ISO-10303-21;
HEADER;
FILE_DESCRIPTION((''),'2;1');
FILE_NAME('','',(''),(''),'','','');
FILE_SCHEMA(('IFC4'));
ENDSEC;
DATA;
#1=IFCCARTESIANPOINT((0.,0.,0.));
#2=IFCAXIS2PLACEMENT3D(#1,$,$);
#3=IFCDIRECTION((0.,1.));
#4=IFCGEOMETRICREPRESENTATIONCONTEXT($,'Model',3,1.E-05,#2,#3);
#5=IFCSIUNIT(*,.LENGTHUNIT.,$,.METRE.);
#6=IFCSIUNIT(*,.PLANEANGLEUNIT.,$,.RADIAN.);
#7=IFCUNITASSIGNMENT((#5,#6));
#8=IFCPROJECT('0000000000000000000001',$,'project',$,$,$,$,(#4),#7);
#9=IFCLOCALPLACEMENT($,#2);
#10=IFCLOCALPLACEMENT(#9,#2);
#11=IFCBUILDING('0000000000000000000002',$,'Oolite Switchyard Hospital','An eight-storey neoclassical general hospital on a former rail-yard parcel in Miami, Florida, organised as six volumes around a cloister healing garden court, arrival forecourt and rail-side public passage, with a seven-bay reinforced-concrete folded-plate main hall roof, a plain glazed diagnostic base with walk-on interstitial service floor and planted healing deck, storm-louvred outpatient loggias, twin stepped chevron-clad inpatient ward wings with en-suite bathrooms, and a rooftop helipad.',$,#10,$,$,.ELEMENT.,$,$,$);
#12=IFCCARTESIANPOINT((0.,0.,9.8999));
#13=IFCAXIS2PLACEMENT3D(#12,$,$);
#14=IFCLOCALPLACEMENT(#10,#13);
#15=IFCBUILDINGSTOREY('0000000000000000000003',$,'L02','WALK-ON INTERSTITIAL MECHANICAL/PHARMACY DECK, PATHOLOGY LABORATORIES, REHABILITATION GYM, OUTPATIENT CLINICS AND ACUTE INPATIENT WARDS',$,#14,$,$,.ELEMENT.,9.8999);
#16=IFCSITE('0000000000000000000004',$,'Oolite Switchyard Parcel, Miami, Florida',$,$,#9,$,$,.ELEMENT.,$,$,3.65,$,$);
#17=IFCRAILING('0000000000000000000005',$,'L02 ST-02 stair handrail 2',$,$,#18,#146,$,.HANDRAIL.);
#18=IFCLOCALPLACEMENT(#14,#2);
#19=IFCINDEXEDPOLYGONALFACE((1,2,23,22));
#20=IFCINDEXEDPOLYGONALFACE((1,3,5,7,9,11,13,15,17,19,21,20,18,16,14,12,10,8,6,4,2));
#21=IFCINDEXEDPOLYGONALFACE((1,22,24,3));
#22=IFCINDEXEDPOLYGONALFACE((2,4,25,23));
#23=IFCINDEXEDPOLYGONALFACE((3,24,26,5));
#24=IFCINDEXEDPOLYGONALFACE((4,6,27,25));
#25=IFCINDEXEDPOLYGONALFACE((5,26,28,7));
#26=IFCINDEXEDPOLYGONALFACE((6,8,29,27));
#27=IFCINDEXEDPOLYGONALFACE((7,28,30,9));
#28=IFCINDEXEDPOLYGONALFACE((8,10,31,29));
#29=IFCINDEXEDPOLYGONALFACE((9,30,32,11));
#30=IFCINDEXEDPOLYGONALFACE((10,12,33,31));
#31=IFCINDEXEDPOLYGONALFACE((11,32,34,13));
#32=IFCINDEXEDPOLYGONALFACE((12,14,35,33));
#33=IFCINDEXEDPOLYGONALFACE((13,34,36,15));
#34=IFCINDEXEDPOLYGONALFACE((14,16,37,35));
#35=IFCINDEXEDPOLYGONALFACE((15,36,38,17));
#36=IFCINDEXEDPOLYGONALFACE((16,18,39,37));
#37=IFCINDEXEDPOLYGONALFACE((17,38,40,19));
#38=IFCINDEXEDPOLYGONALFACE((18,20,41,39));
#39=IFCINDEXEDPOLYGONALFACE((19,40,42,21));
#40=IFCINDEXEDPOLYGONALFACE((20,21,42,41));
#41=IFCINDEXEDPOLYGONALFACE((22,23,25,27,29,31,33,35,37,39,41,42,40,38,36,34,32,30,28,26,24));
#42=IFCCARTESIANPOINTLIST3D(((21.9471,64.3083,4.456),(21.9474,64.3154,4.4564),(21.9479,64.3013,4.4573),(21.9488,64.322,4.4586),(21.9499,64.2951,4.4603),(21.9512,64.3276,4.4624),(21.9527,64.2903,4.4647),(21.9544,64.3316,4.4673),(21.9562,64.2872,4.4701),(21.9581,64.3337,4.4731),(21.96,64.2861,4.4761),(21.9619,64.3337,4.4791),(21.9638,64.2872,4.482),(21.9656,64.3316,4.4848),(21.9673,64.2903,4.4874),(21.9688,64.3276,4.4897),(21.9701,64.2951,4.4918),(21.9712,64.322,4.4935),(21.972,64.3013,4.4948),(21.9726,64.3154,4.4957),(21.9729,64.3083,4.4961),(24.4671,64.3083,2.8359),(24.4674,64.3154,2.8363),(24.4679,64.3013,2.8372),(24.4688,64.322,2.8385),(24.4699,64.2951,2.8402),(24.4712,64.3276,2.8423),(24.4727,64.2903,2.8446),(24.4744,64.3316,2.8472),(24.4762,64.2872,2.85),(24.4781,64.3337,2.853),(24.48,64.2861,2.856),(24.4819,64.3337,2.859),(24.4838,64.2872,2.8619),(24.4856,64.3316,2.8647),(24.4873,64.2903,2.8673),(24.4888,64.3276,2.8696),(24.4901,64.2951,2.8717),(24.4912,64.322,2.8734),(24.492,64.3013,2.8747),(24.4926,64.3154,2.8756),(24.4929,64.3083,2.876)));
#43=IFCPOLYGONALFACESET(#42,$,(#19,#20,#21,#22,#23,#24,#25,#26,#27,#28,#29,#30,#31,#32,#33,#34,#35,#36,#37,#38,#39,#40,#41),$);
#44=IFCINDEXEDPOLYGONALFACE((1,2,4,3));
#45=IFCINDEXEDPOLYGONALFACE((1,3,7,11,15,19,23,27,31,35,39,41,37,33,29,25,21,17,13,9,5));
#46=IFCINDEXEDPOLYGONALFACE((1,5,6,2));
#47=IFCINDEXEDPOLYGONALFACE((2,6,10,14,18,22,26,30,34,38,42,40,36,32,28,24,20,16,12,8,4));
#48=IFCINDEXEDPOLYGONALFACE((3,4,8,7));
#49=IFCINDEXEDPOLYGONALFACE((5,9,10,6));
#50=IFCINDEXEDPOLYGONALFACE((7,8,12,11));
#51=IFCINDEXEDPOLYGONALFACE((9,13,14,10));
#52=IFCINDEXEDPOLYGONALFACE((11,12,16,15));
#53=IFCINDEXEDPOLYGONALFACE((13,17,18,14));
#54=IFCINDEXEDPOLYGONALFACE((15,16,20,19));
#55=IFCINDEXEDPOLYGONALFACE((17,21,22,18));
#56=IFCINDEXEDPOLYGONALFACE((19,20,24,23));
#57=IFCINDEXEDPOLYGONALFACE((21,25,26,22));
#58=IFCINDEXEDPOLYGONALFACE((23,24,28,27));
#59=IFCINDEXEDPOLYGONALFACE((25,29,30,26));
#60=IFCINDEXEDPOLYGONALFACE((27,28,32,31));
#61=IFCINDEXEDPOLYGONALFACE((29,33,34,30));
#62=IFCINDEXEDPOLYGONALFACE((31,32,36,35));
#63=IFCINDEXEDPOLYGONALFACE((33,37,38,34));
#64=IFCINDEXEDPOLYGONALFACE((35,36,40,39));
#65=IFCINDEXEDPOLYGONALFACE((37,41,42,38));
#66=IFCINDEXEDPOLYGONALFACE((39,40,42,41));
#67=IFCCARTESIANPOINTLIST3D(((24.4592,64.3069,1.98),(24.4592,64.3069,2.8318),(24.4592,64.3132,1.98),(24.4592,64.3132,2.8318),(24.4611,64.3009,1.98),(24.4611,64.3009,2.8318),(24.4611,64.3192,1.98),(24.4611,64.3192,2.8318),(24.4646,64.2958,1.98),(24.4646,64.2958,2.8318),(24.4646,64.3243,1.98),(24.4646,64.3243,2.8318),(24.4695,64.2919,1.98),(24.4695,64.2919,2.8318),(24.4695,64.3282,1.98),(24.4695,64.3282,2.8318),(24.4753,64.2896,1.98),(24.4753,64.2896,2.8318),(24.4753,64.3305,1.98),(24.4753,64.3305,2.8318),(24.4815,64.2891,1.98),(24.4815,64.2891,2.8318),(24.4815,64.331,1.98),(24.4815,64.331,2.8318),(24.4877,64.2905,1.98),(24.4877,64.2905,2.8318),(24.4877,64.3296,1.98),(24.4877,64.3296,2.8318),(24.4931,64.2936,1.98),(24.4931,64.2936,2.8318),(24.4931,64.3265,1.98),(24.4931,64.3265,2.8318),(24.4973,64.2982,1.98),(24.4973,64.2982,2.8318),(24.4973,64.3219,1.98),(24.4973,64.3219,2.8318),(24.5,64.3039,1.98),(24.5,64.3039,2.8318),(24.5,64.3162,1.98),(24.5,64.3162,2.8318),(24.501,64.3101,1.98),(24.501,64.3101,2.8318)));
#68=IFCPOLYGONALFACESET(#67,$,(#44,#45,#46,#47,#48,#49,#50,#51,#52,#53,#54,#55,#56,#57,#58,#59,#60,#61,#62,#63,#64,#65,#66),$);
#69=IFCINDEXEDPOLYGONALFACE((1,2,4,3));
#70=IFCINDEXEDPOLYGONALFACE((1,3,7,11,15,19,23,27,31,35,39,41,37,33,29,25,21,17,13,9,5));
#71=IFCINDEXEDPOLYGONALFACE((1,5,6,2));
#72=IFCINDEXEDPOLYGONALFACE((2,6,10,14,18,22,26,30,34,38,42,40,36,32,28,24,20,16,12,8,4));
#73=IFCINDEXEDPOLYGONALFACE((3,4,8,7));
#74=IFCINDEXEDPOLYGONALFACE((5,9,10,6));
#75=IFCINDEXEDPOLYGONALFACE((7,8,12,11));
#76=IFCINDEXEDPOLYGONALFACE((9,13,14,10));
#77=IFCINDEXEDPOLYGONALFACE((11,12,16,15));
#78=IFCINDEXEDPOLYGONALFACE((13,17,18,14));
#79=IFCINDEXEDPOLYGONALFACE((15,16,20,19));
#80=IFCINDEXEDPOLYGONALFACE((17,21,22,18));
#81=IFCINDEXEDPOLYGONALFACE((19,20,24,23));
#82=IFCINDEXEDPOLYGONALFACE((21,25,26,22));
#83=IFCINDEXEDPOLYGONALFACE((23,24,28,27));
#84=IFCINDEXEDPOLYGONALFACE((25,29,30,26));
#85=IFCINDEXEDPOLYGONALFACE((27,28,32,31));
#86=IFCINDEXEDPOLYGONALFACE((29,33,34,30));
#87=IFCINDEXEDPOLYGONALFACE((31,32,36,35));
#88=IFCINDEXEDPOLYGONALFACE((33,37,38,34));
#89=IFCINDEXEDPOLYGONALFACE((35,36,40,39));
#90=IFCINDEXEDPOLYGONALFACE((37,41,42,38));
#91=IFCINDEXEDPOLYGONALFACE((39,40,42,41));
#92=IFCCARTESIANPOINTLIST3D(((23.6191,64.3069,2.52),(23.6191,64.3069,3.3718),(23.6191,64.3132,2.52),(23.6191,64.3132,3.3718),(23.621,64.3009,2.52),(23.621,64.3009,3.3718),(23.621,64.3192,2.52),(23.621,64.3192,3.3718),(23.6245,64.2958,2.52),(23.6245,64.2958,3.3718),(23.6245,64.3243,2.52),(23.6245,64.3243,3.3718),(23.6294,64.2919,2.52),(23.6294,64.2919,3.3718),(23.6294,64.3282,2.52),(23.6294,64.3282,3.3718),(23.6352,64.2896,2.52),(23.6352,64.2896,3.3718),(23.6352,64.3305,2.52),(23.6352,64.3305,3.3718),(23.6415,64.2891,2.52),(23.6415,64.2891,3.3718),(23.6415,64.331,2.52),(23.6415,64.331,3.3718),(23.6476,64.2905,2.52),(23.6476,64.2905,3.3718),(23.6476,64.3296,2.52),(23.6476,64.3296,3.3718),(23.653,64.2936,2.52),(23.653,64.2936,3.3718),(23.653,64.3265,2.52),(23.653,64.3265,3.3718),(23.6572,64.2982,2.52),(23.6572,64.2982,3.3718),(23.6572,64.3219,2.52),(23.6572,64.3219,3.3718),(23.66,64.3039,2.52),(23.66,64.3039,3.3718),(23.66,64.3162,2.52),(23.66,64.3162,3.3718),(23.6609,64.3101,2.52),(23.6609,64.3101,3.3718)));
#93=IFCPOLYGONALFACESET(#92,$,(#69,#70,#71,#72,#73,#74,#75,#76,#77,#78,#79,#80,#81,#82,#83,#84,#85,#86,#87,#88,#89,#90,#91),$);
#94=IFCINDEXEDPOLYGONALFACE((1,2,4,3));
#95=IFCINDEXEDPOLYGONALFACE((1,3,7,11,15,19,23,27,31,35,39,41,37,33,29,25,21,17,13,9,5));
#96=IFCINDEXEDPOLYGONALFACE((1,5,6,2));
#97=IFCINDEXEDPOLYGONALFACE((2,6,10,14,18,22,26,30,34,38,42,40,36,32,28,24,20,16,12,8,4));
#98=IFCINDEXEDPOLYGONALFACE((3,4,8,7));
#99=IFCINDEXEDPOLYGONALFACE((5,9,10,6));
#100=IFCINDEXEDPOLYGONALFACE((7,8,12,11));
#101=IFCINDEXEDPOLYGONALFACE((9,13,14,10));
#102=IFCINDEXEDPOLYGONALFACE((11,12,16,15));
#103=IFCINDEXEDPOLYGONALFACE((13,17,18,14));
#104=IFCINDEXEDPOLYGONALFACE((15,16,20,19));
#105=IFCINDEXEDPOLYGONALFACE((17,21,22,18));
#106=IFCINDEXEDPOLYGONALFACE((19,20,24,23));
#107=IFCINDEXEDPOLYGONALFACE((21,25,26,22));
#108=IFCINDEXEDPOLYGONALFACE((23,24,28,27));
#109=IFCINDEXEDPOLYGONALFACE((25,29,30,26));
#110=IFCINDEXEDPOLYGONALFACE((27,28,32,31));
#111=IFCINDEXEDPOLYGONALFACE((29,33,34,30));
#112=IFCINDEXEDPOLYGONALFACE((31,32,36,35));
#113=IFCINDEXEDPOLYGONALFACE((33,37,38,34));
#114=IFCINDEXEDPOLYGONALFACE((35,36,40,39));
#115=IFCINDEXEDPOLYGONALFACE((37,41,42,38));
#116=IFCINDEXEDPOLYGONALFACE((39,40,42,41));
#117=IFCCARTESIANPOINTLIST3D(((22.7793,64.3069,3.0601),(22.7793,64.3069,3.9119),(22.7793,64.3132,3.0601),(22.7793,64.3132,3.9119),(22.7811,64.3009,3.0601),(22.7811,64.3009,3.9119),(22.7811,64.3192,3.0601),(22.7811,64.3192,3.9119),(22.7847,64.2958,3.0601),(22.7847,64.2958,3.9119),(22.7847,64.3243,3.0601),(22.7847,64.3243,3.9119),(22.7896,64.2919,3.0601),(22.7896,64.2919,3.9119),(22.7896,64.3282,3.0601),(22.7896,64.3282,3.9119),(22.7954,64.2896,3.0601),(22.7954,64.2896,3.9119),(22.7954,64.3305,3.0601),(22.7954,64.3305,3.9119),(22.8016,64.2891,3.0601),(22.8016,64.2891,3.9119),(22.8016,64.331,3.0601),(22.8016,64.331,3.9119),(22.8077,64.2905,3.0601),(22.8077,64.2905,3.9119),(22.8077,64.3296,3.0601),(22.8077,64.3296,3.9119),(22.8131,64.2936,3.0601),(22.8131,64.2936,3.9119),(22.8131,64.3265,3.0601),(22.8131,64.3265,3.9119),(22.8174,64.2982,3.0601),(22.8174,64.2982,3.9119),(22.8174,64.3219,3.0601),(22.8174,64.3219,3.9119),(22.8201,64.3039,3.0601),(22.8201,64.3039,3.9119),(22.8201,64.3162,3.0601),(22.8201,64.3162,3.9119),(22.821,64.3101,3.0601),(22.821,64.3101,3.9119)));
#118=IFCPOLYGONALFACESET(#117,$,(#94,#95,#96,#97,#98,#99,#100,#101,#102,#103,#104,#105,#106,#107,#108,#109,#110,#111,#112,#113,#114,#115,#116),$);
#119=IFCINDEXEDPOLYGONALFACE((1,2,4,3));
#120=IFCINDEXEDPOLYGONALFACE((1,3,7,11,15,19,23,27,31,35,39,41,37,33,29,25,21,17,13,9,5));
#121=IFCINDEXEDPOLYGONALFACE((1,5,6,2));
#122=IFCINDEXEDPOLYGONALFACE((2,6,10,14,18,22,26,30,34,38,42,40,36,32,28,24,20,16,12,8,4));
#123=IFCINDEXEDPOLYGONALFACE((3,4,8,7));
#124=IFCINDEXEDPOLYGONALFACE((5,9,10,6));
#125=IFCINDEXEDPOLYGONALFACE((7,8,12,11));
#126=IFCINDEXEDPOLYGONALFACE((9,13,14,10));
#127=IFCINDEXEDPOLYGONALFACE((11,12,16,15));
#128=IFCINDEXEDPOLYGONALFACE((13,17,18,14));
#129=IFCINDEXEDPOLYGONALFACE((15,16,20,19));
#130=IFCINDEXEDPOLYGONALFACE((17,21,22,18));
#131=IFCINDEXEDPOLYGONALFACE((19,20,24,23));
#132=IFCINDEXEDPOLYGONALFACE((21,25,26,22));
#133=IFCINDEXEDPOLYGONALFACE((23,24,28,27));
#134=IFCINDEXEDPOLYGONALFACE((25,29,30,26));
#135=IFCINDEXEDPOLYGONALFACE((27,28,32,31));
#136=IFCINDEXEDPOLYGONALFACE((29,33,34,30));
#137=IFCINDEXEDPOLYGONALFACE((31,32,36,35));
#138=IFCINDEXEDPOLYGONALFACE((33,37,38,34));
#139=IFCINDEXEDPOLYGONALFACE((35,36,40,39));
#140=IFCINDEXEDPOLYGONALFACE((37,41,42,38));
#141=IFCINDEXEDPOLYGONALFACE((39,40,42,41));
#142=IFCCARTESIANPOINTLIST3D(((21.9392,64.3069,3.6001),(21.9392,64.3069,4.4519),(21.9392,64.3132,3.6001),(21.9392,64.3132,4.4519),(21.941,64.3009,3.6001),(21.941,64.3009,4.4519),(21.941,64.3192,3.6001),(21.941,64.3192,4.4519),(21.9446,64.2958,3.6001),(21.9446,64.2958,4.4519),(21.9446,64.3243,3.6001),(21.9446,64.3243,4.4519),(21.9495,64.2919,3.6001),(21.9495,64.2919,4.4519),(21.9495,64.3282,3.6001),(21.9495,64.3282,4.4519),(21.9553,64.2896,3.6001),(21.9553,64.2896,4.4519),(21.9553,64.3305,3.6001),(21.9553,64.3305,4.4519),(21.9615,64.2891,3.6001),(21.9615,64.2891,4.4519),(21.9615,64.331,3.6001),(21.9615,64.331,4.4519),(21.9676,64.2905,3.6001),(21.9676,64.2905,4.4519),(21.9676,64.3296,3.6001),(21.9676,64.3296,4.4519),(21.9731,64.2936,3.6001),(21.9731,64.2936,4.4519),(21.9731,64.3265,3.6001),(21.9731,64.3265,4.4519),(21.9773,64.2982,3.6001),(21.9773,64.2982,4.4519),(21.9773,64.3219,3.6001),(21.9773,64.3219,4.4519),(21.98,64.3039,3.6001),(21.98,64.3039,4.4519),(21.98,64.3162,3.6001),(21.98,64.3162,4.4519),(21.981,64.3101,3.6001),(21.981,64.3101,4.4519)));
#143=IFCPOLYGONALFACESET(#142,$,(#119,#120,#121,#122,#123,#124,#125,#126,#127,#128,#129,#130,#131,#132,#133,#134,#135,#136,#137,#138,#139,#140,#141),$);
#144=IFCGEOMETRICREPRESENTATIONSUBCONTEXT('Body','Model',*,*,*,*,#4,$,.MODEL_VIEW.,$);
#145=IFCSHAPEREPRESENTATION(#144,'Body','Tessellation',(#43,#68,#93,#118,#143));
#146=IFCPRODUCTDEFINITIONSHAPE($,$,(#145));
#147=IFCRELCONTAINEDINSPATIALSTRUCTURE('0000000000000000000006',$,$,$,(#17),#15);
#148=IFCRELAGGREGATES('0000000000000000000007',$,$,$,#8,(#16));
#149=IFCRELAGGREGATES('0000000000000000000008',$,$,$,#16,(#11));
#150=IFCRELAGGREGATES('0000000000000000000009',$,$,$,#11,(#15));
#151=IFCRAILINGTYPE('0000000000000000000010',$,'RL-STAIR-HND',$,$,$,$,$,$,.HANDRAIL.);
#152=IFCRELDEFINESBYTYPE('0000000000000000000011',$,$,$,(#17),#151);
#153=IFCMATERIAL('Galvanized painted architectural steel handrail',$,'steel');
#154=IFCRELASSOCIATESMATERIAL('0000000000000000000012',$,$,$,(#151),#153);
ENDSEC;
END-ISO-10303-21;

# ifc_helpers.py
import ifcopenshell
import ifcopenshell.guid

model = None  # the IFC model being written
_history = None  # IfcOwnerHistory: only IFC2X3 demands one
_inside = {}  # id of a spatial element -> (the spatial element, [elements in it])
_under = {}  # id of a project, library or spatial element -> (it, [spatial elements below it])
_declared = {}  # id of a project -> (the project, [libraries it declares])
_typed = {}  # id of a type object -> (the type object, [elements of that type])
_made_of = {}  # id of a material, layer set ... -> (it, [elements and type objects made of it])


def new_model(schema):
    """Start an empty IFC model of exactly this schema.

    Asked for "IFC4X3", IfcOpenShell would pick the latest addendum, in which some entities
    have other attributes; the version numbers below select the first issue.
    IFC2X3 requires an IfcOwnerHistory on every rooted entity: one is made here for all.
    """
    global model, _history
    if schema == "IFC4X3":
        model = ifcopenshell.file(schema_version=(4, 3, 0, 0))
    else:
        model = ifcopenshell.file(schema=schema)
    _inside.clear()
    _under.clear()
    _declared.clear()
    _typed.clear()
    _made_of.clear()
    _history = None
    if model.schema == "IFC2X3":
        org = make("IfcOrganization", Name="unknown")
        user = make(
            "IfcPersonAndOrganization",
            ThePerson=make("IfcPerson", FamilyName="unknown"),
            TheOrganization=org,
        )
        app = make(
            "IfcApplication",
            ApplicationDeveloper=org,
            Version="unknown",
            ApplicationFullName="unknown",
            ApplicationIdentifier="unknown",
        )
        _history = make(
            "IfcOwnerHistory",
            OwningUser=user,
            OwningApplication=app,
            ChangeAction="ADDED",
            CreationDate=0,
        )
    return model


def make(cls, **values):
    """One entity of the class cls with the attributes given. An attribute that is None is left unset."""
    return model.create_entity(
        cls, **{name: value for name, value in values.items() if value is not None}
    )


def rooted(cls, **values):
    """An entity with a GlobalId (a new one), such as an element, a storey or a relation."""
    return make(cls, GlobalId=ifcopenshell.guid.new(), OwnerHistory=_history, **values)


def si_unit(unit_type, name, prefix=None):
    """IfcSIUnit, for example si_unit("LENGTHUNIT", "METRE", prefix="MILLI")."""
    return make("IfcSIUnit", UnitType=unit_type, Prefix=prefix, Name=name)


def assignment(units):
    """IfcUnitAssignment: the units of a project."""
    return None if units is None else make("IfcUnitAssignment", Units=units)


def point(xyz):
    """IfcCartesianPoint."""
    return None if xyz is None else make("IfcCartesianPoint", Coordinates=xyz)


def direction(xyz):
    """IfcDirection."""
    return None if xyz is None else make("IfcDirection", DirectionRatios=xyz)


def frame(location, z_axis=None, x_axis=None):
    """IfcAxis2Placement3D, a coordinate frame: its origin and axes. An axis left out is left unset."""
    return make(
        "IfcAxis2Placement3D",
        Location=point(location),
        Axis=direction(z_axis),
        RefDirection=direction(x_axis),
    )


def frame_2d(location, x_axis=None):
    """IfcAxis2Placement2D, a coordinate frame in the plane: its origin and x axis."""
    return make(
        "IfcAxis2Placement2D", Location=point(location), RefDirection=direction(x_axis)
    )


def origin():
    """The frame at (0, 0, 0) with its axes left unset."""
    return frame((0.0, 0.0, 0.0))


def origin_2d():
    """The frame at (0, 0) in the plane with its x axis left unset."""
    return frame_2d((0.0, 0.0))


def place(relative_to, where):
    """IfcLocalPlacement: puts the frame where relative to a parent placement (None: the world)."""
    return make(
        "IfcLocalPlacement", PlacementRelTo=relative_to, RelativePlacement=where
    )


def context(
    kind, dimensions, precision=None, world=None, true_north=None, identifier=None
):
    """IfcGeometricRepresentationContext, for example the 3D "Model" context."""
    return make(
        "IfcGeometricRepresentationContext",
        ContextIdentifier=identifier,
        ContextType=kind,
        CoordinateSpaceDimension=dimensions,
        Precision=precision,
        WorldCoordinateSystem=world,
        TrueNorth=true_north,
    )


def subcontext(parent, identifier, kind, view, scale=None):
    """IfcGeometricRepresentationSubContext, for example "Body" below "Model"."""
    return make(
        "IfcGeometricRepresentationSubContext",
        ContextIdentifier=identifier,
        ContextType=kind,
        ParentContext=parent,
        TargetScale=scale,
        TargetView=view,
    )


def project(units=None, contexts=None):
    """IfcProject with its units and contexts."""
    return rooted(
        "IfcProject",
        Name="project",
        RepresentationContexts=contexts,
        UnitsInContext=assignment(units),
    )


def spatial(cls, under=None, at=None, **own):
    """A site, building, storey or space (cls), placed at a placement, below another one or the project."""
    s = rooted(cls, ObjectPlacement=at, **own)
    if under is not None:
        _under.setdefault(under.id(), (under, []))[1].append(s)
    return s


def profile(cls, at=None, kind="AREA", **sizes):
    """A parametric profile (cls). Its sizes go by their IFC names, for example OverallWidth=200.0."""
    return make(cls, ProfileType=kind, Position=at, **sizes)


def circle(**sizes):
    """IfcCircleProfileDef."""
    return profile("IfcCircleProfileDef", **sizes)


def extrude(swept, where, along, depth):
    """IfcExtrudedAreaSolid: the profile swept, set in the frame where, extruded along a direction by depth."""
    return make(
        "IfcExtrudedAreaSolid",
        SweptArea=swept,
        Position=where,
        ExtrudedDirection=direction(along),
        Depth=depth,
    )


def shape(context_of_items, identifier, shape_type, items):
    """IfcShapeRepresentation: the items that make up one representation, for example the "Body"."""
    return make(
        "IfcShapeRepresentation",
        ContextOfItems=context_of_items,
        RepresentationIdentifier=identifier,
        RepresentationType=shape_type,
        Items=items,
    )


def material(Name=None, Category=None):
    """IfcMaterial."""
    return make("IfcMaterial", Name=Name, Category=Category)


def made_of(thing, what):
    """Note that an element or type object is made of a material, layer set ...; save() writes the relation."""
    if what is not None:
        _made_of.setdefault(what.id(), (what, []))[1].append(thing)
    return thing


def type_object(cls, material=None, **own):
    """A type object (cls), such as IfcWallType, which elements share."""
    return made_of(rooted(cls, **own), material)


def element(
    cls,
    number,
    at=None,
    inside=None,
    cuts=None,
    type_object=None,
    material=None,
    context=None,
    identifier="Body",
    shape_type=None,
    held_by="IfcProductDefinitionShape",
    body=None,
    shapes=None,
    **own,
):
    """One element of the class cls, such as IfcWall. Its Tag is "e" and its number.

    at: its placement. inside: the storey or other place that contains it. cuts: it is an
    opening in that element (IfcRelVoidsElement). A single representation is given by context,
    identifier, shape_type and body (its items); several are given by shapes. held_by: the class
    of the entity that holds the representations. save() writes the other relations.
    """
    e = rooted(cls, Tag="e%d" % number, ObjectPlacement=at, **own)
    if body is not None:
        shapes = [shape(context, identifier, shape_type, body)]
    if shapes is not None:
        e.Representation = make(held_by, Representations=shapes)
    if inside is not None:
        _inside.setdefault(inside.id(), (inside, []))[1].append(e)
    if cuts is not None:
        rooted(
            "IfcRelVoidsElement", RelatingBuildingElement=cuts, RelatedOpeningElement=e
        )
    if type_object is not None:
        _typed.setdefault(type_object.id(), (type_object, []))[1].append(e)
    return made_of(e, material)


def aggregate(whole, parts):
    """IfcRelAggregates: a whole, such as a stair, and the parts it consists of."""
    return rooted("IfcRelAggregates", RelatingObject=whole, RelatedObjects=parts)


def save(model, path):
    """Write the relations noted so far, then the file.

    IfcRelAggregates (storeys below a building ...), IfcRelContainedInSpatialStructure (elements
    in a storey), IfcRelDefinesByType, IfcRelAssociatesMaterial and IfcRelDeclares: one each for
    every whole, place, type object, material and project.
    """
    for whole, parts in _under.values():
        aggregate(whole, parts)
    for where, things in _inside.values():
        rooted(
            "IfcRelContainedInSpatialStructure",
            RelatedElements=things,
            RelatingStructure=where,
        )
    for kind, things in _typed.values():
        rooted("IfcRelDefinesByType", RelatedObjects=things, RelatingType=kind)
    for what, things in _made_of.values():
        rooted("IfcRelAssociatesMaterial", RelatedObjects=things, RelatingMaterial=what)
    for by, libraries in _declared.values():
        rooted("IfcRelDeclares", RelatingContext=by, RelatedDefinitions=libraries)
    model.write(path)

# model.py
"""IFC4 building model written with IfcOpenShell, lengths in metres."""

from ifc_helpers import new_model, si_unit, direction, frame, origin, origin_2d, place, context, subcontext, project, spatial, circle, extrude, material, type_object, element, save


model = new_model("IFC4")

# Units and contexts
model_context = context("Model", 3, precision=1e-05, world=origin(), true_north=direction((0.0, 1.0)))
body_context = subcontext(model_context, "Body", "Model", "MODEL_VIEW")
ifc_project = project(units=[si_unit("LENGTHUNIT", "METRE"), si_unit("PLANEANGLEUNIT", "RADIAN")], contexts=[model_context])

# Site, building, storey
site_placement = place(None, origin())
site = spatial("IfcSite", under=ifc_project, at=site_placement, Name="Oolite Switchyard Parcel, Miami, Florida", CompositionType="ELEMENT", RefElevation=3.65)
building_placement = place(site_placement, origin())
building = spatial("IfcBuilding", under=site, at=building_placement, Name="Oolite Switchyard Hospital", Description="An eight-storey neoclassical general hospital on a former rail-yard parcel in Miami, Florida, organised as six volumes around a cloister healing garden court, arrival forecourt and rail-side public passage, with a seven-bay reinforced-concrete folded-plate main hall roof, a plain glazed diagnostic base with walk-on interstitial service floor and planted healing deck, storm-louvred outpatient loggias, twin stepped chevron-clad inpatient ward wings with en-suite bathrooms, and a rooftop helipad.", CompositionType="ELEMENT")
storey_placement = place(building_placement, frame((0.0, 0.0, 9.8999)))
storey = spatial("IfcBuildingStorey", under=building, at=storey_placement, Name="L02", Description="WALK-ON INTERSTITIAL MECHANICAL/PHARMACY DECK, PATHOLOGY LABORATORIES, REHABILITATION GYM, OUTPATIENT CLINICS AND ACUTE INPATIENT WARDS", CompositionType="ELEMENT", Elevation=9.8999)

# Railing
ifc_material_1 = material(Name="Galvanized painted architectural steel handrail", Category="steel")
railing_type_1 = type_object("IfcRailingType", Name="RL-STAIR-HND", PredefinedType="HANDRAIL", material=ifc_material_1)
railing_1_placement = place(storey_placement, frame((24.48, 64.3101, 1.98)))
element("IfcRailing", 1, at=railing_1_placement, inside=storey, type_object=railing_type_1, Name="L02 ST-02 stair handrail 2", PredefinedType="HANDRAIL", context=body_context, shape_type="SweptSolid", body=[
    extrude(circle(Radius=0.0239, at=origin_2d()), frame((0.0, 0.0, 0.876), z_axis=(-0.841163, 0.0, 0.540782), x_axis=(0.0, -1.0, 0.0)), (0.0, 0.0, 1.0), 2.9958),
    extrude(circle(Radius=0.021, at=origin_2d()), origin(), (0.0, 0.0, 1.0), 0.8518),
    extrude(circle(Radius=0.021, at=origin_2d()), frame((-0.8401, 0.0, 0.54)), (0.0, 0.0, 1.0), 0.8518),
    extrude(circle(Radius=0.021, at=origin_2d()), frame((-1.6799, 0.0, 1.0801)), (0.0, 0.0, 1.0), 0.8518),
    extrude(circle(Radius=0.021, at=origin_2d()), frame((-2.52, 0.0, 1.6201)), (0.0, 0.0, 1.0), 0.8518),
])

save(model, "model.ifc")
